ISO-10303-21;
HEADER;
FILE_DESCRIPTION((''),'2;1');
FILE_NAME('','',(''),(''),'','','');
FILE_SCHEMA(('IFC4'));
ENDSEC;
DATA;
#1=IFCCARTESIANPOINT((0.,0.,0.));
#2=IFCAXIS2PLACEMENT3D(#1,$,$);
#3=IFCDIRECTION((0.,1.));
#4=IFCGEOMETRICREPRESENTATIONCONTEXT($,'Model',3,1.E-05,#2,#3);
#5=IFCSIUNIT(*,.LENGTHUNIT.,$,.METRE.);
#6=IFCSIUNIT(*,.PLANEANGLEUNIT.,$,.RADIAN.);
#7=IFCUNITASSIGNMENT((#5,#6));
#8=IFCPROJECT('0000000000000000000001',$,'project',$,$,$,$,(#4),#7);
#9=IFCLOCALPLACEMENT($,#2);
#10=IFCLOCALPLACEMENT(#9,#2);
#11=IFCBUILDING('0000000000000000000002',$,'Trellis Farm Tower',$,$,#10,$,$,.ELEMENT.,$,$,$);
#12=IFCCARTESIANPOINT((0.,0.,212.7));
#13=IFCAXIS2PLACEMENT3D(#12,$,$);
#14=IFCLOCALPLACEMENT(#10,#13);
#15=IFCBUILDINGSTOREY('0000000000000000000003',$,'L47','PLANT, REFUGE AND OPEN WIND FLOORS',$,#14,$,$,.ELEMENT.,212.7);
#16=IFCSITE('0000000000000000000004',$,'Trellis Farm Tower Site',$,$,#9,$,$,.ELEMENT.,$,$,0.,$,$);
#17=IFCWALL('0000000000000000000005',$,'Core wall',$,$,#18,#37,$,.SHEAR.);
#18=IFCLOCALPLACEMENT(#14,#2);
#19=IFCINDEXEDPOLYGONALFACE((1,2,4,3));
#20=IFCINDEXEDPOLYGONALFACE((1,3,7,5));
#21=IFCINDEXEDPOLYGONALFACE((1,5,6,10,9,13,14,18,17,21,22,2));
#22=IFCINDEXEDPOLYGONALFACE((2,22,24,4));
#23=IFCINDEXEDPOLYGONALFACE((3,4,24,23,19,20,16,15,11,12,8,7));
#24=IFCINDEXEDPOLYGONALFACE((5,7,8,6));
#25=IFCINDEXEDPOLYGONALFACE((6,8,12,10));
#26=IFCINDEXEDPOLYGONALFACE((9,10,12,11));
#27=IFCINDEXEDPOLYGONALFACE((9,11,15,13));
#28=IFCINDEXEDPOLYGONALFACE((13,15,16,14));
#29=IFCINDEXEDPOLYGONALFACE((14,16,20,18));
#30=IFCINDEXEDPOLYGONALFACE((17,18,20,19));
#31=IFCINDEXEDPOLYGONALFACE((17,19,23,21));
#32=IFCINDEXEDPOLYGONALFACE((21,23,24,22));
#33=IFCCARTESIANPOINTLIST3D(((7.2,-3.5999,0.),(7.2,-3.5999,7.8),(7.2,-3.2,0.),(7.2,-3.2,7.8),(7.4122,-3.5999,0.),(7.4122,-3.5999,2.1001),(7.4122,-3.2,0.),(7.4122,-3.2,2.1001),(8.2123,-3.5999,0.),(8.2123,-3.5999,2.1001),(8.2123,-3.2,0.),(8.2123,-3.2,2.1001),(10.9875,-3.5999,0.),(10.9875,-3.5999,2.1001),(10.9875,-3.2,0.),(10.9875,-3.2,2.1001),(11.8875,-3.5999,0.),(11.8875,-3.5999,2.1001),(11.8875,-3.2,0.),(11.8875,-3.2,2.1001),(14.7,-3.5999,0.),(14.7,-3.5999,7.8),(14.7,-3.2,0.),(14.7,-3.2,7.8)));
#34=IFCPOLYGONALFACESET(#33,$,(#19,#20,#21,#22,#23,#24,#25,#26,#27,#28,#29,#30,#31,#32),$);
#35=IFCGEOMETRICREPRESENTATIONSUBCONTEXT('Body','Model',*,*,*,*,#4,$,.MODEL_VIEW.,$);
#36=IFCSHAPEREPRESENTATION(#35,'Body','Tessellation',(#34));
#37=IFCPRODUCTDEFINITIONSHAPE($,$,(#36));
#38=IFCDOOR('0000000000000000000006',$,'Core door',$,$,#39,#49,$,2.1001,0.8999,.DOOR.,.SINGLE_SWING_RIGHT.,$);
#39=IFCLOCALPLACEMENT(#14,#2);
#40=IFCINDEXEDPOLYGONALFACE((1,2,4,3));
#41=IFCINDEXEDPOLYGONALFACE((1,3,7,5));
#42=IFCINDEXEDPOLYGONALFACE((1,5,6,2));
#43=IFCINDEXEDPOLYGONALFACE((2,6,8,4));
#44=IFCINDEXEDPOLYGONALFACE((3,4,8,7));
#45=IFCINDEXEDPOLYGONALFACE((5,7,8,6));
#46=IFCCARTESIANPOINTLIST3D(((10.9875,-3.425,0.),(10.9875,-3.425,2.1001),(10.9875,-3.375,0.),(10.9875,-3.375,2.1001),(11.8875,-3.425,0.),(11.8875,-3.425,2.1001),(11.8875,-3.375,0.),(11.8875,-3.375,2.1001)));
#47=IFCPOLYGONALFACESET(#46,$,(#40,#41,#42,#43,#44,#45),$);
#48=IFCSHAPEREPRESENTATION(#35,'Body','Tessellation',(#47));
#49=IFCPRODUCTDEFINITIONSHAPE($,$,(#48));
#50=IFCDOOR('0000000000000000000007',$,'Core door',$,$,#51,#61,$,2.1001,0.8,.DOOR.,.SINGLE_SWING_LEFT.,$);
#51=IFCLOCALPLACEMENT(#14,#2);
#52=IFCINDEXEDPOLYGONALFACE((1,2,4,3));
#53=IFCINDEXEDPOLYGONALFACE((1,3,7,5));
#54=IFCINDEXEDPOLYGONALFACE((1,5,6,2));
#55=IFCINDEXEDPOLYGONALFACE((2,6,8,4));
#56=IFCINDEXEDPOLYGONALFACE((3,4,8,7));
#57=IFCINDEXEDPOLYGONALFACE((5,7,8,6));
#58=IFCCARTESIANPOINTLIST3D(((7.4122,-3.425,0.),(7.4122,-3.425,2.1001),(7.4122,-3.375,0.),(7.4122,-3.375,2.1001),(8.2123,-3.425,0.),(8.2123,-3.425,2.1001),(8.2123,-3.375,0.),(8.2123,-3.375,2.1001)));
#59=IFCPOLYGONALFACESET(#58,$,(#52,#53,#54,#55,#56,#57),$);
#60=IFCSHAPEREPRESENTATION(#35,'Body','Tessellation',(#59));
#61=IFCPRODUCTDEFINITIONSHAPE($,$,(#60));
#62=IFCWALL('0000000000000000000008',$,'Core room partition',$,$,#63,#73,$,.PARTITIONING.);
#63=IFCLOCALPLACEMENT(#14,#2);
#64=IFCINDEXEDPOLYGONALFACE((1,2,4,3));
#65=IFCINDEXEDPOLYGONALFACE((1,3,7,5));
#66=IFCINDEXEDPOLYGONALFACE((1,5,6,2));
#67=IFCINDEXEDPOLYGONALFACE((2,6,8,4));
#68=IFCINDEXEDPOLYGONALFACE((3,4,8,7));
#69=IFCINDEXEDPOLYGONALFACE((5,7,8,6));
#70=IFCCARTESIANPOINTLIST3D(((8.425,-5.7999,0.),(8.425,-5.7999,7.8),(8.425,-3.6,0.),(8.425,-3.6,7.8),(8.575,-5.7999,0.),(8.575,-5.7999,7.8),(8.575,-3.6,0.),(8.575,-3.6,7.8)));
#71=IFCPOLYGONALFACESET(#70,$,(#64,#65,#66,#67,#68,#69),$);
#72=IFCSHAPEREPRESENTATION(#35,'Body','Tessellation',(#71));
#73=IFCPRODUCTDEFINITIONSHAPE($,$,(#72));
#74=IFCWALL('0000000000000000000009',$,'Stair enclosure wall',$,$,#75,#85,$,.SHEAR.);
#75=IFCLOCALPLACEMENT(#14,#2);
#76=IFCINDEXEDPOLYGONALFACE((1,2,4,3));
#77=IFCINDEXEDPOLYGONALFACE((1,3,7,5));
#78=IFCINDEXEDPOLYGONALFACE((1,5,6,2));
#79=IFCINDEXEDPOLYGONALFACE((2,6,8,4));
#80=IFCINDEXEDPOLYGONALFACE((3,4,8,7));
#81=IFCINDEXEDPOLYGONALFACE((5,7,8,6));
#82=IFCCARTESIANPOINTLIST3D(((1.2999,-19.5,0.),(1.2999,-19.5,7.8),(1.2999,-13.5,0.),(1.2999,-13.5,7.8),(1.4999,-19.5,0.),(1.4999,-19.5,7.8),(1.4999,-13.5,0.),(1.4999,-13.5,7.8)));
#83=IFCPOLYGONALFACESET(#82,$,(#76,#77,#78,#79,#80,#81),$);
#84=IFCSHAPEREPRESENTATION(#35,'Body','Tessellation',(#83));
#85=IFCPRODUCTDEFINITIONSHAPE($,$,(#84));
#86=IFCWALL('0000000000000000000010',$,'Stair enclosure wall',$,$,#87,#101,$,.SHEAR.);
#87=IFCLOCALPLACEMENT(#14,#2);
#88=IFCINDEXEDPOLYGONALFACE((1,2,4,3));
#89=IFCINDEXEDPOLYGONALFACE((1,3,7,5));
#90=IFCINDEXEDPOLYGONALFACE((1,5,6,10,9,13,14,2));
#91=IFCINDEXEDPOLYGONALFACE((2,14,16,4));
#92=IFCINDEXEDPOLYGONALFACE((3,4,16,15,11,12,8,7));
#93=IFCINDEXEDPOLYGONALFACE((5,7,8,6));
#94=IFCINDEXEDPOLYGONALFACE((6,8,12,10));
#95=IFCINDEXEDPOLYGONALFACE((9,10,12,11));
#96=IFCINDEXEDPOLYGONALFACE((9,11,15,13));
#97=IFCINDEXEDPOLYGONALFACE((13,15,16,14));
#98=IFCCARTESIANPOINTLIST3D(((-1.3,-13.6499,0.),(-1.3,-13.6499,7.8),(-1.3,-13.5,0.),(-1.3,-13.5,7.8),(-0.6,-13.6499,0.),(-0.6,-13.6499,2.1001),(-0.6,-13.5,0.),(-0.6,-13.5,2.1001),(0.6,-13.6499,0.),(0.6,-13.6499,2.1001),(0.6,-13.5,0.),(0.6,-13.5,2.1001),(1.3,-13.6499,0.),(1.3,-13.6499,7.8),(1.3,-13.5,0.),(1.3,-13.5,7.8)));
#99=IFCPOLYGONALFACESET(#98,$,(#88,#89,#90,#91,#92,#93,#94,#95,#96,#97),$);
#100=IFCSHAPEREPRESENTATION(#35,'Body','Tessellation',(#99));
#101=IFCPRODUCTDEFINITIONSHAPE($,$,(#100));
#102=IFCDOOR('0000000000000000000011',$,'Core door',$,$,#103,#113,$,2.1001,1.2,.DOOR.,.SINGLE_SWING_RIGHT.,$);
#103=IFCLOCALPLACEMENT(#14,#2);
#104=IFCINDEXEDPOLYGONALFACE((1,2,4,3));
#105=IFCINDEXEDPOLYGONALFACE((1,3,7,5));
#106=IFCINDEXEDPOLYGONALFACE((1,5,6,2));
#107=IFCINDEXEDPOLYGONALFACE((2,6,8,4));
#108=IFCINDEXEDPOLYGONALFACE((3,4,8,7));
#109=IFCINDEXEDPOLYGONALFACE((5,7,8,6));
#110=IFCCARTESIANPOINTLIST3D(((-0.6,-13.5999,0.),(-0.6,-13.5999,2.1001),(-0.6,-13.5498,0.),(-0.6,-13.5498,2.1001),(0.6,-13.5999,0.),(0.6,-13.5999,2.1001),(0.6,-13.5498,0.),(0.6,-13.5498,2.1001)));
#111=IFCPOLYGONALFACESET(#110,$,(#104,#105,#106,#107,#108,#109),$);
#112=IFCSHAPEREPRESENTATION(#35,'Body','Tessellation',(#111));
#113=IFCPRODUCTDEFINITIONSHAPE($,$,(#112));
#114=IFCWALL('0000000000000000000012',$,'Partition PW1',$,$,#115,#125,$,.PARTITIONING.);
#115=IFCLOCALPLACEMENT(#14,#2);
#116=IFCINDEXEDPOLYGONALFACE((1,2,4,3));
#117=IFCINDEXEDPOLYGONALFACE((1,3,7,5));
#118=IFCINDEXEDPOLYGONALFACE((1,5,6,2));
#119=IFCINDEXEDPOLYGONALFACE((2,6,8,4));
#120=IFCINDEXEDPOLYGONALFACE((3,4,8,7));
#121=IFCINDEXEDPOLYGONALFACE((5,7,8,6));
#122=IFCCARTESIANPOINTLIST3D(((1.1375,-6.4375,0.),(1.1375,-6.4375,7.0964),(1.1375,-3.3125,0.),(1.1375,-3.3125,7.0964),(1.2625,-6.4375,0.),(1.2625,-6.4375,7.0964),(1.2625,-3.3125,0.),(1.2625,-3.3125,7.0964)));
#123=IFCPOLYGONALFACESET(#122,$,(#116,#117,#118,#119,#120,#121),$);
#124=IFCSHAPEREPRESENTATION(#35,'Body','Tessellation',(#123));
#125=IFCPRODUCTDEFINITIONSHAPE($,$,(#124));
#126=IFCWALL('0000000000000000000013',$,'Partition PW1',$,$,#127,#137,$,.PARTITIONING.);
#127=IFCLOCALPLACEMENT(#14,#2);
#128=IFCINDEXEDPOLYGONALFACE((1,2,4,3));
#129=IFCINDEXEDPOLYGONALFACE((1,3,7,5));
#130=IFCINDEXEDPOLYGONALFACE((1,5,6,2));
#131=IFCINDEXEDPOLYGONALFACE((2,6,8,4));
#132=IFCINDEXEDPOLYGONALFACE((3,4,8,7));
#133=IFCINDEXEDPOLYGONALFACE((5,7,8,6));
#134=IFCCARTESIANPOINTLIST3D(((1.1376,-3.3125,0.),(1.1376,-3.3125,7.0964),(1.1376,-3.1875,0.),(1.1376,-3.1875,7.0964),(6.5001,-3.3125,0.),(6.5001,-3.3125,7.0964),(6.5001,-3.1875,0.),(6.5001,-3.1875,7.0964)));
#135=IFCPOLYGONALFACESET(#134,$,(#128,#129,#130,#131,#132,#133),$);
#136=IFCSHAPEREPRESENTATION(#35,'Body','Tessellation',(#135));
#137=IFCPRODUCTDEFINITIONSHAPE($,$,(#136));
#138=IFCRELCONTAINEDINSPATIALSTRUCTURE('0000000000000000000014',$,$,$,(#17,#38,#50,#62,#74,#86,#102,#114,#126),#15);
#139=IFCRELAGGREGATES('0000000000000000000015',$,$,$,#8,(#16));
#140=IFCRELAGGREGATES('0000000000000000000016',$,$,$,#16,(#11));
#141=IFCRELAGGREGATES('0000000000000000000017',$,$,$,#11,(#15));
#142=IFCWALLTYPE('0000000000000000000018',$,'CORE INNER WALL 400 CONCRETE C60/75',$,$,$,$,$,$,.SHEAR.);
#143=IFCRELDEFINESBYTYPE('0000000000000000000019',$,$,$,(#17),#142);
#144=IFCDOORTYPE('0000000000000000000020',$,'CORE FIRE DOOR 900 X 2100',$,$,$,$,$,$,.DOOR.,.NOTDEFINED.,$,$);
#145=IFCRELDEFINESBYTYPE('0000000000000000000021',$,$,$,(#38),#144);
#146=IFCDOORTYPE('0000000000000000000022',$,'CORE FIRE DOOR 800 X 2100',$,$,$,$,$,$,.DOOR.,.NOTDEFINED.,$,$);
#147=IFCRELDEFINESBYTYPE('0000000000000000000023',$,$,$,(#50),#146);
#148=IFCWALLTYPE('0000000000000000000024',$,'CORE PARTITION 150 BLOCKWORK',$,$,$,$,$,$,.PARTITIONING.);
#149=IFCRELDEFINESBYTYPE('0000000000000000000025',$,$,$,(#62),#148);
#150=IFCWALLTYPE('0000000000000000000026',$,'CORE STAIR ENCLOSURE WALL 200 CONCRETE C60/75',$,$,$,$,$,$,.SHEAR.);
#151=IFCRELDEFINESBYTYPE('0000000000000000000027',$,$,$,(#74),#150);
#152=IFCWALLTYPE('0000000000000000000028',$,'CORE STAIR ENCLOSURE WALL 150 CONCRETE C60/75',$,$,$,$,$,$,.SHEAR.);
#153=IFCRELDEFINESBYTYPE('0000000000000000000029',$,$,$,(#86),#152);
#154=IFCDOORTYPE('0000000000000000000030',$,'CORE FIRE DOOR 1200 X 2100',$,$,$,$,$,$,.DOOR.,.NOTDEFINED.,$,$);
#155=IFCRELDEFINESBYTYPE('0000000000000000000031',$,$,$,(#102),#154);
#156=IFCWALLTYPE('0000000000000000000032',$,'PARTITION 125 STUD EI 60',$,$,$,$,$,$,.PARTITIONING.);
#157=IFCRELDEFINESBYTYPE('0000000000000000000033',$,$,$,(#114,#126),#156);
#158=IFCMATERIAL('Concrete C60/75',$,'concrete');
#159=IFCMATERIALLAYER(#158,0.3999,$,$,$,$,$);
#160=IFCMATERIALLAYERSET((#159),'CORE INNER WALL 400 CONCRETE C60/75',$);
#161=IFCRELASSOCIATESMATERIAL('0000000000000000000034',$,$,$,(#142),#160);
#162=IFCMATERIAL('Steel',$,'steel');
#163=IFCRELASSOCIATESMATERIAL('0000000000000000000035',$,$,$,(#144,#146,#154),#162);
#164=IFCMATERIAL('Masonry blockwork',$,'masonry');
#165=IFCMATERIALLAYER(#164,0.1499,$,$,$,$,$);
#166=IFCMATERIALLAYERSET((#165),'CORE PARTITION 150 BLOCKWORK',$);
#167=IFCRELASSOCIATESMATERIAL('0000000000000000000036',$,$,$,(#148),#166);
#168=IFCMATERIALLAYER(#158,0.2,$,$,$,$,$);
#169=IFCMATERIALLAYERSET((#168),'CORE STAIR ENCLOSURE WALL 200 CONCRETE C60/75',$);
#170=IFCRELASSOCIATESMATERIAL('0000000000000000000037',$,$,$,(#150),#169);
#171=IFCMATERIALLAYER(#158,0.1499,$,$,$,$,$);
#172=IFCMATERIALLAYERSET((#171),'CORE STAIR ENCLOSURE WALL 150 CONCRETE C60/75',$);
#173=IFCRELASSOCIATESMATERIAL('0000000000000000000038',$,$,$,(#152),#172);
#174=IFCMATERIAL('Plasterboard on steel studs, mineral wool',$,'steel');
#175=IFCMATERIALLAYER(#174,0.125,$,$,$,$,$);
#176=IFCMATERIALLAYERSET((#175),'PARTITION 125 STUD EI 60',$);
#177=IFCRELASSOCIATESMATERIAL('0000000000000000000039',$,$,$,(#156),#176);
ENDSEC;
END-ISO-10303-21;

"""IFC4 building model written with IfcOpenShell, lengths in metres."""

from ifc_helpers import new_model, si_unit, direction, frame, frame_2d, origin, place, context, subcontext, project, spatial, rectangle, extrude, source, transform, mapped, material, layer, layer_set, type_object, element, fill, save


model = new_model("IFC4")

# Units and contexts
model_context = context("Model", 3, precision=1e-05, world=origin(), true_north=direction((0.0, 1.0)))
body_context = subcontext(model_context, "Body", "Model", "MODEL_VIEW")
ifc_project = project(units=[si_unit("LENGTHUNIT", "METRE"), si_unit("PLANEANGLEUNIT", "RADIAN")], contexts=[model_context])

# Site, building, storey
site_placement = place(None, origin())
site = spatial("IfcSite", under=ifc_project, at=site_placement, Name="Trellis Farm Tower Site", CompositionType="ELEMENT", RefElevation=0.0)
building_placement = place(site_placement, origin())
building = spatial("IfcBuilding", under=site, at=building_placement, Name="Trellis Farm Tower", CompositionType="ELEMENT")
storey_placement = place(building_placement, frame((0.0, 0.0, 212.7)))
storey = spatial("IfcBuildingStorey", under=building, at=storey_placement, Name="L47", Description="PLANT, REFUGE AND OPEN WIND FLOORS", CompositionType="ELEMENT", Elevation=212.7)

# Shared definitions
ifc_material_1 = material(Name="Concrete C60/75", Category="concrete")

# Shared definitions
ifc_material_2 = material(Name="Steel", Category="steel")

# Wall, openings, doors
ifc_layer_1 = layer(ifc_material_1, 0.3999)
ifc_layer_set_1 = layer_set([ifc_layer_1], Name="CORE INNER WALL 400 CONCRETE C60/75")
wall_type_1 = type_object("IfcWallType", Name="CORE INNER WALL 400 CONCRETE C60/75", PredefinedType="SHEAR", material=ifc_layer_set_1)
shared_shape_1 = source(origin(), body_context, "Body", "SweptSolid", [
    extrude(rectangle(XDim=7.5, YDim=0.3999, at=frame_2d((3.75, 0.0))), origin(), (0.0, 0.0, 1.0), 7.8),
])
wall_1_placement = place(storey_placement, frame((7.2, -3.3999, 0.0), z_axis=(0.0, 0.0, 1.0), x_axis=(1.0, 0.0, 0.0)))
wall_1 = element("IfcWall", 1, at=wall_1_placement, inside=storey, type_object=wall_type_1, Name="Core wall", PredefinedType="SHEAR", context=body_context, shape_type="MappedRepresentation", body=[
    mapped(shared_shape_1, transform((0.0, 0.0, 0.0))),
])
shared_shape_2 = source(origin(), body_context, "Body", "SweptSolid", [
    extrude(rectangle(XDim=0.8, YDim=2.1001, at=frame_2d((0.3999, 1.05))), frame((0.0, 0.21, 0.0), z_axis=(0.0, -1.0, 0.0), x_axis=(1.0, 0.0, 0.0)), (0.0, 0.0, 1.0), 0.4199),
])
opening_1_placement = place(wall_1_placement, frame((0.2124, 0.0, 0.0)))
opening_1 = element("IfcOpeningElement", 2, at=opening_1_placement, cuts=wall_1, PredefinedType="OPENING", context=body_context, shape_type="MappedRepresentation", body=[
    mapped(shared_shape_2, transform((0.0, 0.0, 0.0))),
])
shared_shape_3 = source(origin(), body_context, "Body", "SweptSolid", [
    extrude(rectangle(XDim=0.8999, YDim=2.1001, at=frame_2d((0.45, 1.05))), frame((0.0, 0.21, 0.0), z_axis=(0.0, -1.0, 0.0), x_axis=(1.0, 0.0, 0.0)), (0.0, 0.0, 1.0), 0.4199),
])
opening_2_placement = place(wall_1_placement, frame((3.7876, 0.0, 0.0)))
opening_2 = element("IfcOpeningElement", 3, at=opening_2_placement, cuts=wall_1, PredefinedType="OPENING", context=body_context, shape_type="MappedRepresentation", body=[
    mapped(shared_shape_3, transform((0.0, 0.0, 0.0))),
])
door_type_1 = type_object("IfcDoorType", Name="CORE FIRE DOOR 900 X 2100", OperationType="NOTDEFINED", PredefinedType="DOOR", material=ifc_material_2)
shared_shape_4 = source(origin(), body_context, "Body", "SweptSolid", [
    extrude(rectangle(XDim=0.8999, YDim=2.1001, at=frame_2d((0.45, 1.05))), frame((0.0, 0.0249, 0.0), z_axis=(0.0, -1.0, 0.0), x_axis=(1.0, 0.0, 0.0)), (0.0, 0.0, 1.0), 0.05),
])
door_1_placement = place(opening_2_placement, origin())
door_1 = element("IfcDoor", 4, at=door_1_placement, inside=storey, type_object=door_type_1, Name="Core door", OperationType="SINGLE_SWING_RIGHT", OverallHeight=2.1001, OverallWidth=0.8999, PredefinedType="DOOR", context=body_context, shape_type="MappedRepresentation", body=[
    mapped(shared_shape_4, transform((0.0, 0.0, 0.0))),
])
fill(opening_2, door_1)
door_type_2 = type_object("IfcDoorType", Name="CORE FIRE DOOR 800 X 2100", OperationType="NOTDEFINED", PredefinedType="DOOR", material=ifc_material_2)
shared_shape_5 = source(origin(), body_context, "Body", "SweptSolid", [
    extrude(rectangle(XDim=0.8, YDim=2.1001, at=frame_2d((0.3999, 1.05))), frame((0.0, 0.0249, 0.0), z_axis=(0.0, -1.0, 0.0), x_axis=(1.0, 0.0, 0.0)), (0.0, 0.0, 1.0), 0.05),
])
door_2_placement = place(opening_1_placement, origin())
door_2 = element("IfcDoor", 5, at=door_2_placement, inside=storey, type_object=door_type_2, Name="Core door", OperationType="SINGLE_SWING_LEFT", OverallHeight=2.1001, OverallWidth=0.8, PredefinedType="DOOR", context=body_context, shape_type="MappedRepresentation", body=[
    mapped(shared_shape_5, transform((0.0, 0.0, 0.0))),
])
fill(opening_1, door_2)

# Walls
ifc_material_3 = material(Name="Masonry blockwork", Category="masonry")
ifc_layer_2 = layer(ifc_material_3, 0.1499)
ifc_layer_set_2 = layer_set([ifc_layer_2], Name="CORE PARTITION 150 BLOCKWORK")
wall_type_2 = type_object("IfcWallType", Name="CORE PARTITION 150 BLOCKWORK", PredefinedType="PARTITIONING", material=ifc_layer_set_2)
shared_shape_6 = source(origin(), body_context, "Body", "SweptSolid", [
    extrude(rectangle(XDim=2.2, YDim=0.1499, at=frame_2d((1.1001, 0.0))), origin(), (0.0, 0.0, 1.0), 7.8),
])
wall_2_placement = place(storey_placement, frame((8.5, -5.8, 0.0), z_axis=(0.0, 0.0, 1.0), x_axis=(0.0, 1.0, 0.0)))
element("IfcWall", 6, at=wall_2_placement, inside=storey, type_object=wall_type_2, Name="Core room partition", PredefinedType="PARTITIONING", context=body_context, shape_type="MappedRepresentation", body=[
    mapped(shared_shape_6, transform((0.0, 0.0, 0.0))),
])
ifc_layer_3 = layer(ifc_material_1, 0.2)
ifc_layer_set_3 = layer_set([ifc_layer_3], Name="CORE STAIR ENCLOSURE WALL 200 CONCRETE C60/75")
wall_type_3 = type_object("IfcWallType", Name="CORE STAIR ENCLOSURE WALL 200 CONCRETE C60/75", PredefinedType="SHEAR", material=ifc_layer_set_3)
shared_shape_7 = source(origin(), body_context, "Body", "SweptSolid", [
    extrude(rectangle(XDim=6.0, YDim=0.2, at=frame_2d((3.0, 0.0))), origin(), (0.0, 0.0, 1.0), 7.8),
])
wall_3_placement = place(storey_placement, frame((1.3999, -13.5, 0.0), z_axis=(0.0, 0.0, 1.0), x_axis=(0.0, -1.0, 0.0)))
element("IfcWall", 7, at=wall_3_placement, inside=storey, type_object=wall_type_3, Name="Stair enclosure wall", PredefinedType="SHEAR", context=body_context, shape_type="MappedRepresentation", body=[
    mapped(shared_shape_7, transform((0.0, 0.0, 0.0))),
])

# Wall, opening, door
ifc_layer_4 = layer(ifc_material_1, 0.1499)
ifc_layer_set_4 = layer_set([ifc_layer_4], Name="CORE STAIR ENCLOSURE WALL 150 CONCRETE C60/75")
wall_type_4 = type_object("IfcWallType", Name="CORE STAIR ENCLOSURE WALL 150 CONCRETE C60/75", PredefinedType="SHEAR", material=ifc_layer_set_4)
shared_shape_8 = source(origin(), body_context, "Body", "SweptSolid", [
    extrude(rectangle(XDim=2.6001, YDim=0.1499, at=frame_2d((1.3, 0.0))), origin(), (0.0, 0.0, 1.0), 7.8),
])
wall_4_placement = place(storey_placement, frame((1.3, -13.575, 0.0), z_axis=(0.0, 0.0, 1.0), x_axis=(-1.0, 0.0, 0.0)))
wall_4 = element("IfcWall", 8, at=wall_4_placement, inside=storey, type_object=wall_type_4, Name="Stair enclosure wall", PredefinedType="SHEAR", context=body_context, shape_type="MappedRepresentation", body=[
    mapped(shared_shape_8, transform((0.0, 0.0, 0.0))),
])
shared_shape_9 = source(origin(), body_context, "Body", "SweptSolid", [
    extrude(rectangle(XDim=1.2, YDim=2.1001, at=frame_2d((0.6001, 1.05))), frame((0.0, 0.085, 0.0), z_axis=(0.0, -1.0, 0.0), x_axis=(1.0, 0.0, 0.0)), (0.0, 0.0, 1.0), 0.1699),
])
opening_3_placement = place(wall_4_placement, frame((0.7, 0.0, 0.0)))
opening_3 = element("IfcOpeningElement", 9, at=opening_3_placement, cuts=wall_4, PredefinedType="OPENING", context=body_context, shape_type="MappedRepresentation", body=[
    mapped(shared_shape_9, transform((0.0, 0.0, 0.0))),
])
door_type_3 = type_object("IfcDoorType", Name="CORE FIRE DOOR 1200 X 2100", OperationType="NOTDEFINED", PredefinedType="DOOR", material=ifc_material_2)
shared_shape_10 = source(origin(), body_context, "Body", "SweptSolid", [
    extrude(rectangle(XDim=1.2, YDim=2.1001, at=frame_2d((0.6001, 1.05))), frame((0.0, 0.0249, 0.0), z_axis=(0.0, -1.0, 0.0), x_axis=(1.0, 0.0, 0.0)), (0.0, 0.0, 1.0), 0.05),
])
door_3_placement = place(opening_3_placement, origin())
door_3 = element("IfcDoor", 10, at=door_3_placement, inside=storey, type_object=door_type_3, Name="Core door", OperationType="SINGLE_SWING_RIGHT", OverallHeight=2.1001, OverallWidth=1.2, PredefinedType="DOOR", context=body_context, shape_type="MappedRepresentation", body=[
    mapped(shared_shape_10, transform((0.0, 0.0, 0.0))),
])
fill(opening_3, door_3)

# Walls
ifc_material_4 = material(Name="Plasterboard on steel studs, mineral wool", Category="steel")
ifc_layer_5 = layer(ifc_material_4, 0.125)
ifc_layer_set_5 = layer_set([ifc_layer_5], Name="PARTITION 125 STUD EI 60")
wall_type_5 = type_object("IfcWallType", Name="PARTITION 125 STUD EI 60", PredefinedType="PARTITIONING", material=ifc_layer_set_5)
shared_shape_11 = source(origin(), body_context, "Body", "SweptSolid", [
    extrude(rectangle(XDim=3.125, YDim=0.125, at=frame_2d((1.5625, 0.0))), origin(), (0.0, 0.0, 1.0), 7.0964),
])
wall_5_placement = place(storey_placement, frame((1.2, -6.4375, 0.0), z_axis=(0.0, 0.0, 1.0), x_axis=(0.0, 1.0, 0.0)))
element("IfcWall", 11, at=wall_5_placement, inside=storey, type_object=wall_type_5, Name="Partition PW1", PredefinedType="PARTITIONING", context=body_context, shape_type="MappedRepresentation", body=[
    mapped(shared_shape_11, transform((0.0, 0.0, 0.0))),
])
shared_shape_12 = source(origin(), body_context, "Body", "SweptSolid", [
    extrude(rectangle(XDim=5.3625, YDim=0.125, at=frame_2d((2.6812, 0.0))), origin(), (0.0, 0.0, 1.0), 7.0964),
])
wall_6_placement = place(storey_placement, frame((6.5, -3.25, 0.0), z_axis=(0.0, 0.0, 1.0), x_axis=(-1.0, 0.0, 0.0)))
element("IfcWall", 12, at=wall_6_placement, inside=storey, type_object=wall_type_5, Name="Partition PW1", PredefinedType="PARTITIONING", context=body_context, shape_type="MappedRepresentation", body=[
    mapped(shared_shape_12, transform((0.0, 0.0, 0.0))),
])

save(model, "model.ifc")
